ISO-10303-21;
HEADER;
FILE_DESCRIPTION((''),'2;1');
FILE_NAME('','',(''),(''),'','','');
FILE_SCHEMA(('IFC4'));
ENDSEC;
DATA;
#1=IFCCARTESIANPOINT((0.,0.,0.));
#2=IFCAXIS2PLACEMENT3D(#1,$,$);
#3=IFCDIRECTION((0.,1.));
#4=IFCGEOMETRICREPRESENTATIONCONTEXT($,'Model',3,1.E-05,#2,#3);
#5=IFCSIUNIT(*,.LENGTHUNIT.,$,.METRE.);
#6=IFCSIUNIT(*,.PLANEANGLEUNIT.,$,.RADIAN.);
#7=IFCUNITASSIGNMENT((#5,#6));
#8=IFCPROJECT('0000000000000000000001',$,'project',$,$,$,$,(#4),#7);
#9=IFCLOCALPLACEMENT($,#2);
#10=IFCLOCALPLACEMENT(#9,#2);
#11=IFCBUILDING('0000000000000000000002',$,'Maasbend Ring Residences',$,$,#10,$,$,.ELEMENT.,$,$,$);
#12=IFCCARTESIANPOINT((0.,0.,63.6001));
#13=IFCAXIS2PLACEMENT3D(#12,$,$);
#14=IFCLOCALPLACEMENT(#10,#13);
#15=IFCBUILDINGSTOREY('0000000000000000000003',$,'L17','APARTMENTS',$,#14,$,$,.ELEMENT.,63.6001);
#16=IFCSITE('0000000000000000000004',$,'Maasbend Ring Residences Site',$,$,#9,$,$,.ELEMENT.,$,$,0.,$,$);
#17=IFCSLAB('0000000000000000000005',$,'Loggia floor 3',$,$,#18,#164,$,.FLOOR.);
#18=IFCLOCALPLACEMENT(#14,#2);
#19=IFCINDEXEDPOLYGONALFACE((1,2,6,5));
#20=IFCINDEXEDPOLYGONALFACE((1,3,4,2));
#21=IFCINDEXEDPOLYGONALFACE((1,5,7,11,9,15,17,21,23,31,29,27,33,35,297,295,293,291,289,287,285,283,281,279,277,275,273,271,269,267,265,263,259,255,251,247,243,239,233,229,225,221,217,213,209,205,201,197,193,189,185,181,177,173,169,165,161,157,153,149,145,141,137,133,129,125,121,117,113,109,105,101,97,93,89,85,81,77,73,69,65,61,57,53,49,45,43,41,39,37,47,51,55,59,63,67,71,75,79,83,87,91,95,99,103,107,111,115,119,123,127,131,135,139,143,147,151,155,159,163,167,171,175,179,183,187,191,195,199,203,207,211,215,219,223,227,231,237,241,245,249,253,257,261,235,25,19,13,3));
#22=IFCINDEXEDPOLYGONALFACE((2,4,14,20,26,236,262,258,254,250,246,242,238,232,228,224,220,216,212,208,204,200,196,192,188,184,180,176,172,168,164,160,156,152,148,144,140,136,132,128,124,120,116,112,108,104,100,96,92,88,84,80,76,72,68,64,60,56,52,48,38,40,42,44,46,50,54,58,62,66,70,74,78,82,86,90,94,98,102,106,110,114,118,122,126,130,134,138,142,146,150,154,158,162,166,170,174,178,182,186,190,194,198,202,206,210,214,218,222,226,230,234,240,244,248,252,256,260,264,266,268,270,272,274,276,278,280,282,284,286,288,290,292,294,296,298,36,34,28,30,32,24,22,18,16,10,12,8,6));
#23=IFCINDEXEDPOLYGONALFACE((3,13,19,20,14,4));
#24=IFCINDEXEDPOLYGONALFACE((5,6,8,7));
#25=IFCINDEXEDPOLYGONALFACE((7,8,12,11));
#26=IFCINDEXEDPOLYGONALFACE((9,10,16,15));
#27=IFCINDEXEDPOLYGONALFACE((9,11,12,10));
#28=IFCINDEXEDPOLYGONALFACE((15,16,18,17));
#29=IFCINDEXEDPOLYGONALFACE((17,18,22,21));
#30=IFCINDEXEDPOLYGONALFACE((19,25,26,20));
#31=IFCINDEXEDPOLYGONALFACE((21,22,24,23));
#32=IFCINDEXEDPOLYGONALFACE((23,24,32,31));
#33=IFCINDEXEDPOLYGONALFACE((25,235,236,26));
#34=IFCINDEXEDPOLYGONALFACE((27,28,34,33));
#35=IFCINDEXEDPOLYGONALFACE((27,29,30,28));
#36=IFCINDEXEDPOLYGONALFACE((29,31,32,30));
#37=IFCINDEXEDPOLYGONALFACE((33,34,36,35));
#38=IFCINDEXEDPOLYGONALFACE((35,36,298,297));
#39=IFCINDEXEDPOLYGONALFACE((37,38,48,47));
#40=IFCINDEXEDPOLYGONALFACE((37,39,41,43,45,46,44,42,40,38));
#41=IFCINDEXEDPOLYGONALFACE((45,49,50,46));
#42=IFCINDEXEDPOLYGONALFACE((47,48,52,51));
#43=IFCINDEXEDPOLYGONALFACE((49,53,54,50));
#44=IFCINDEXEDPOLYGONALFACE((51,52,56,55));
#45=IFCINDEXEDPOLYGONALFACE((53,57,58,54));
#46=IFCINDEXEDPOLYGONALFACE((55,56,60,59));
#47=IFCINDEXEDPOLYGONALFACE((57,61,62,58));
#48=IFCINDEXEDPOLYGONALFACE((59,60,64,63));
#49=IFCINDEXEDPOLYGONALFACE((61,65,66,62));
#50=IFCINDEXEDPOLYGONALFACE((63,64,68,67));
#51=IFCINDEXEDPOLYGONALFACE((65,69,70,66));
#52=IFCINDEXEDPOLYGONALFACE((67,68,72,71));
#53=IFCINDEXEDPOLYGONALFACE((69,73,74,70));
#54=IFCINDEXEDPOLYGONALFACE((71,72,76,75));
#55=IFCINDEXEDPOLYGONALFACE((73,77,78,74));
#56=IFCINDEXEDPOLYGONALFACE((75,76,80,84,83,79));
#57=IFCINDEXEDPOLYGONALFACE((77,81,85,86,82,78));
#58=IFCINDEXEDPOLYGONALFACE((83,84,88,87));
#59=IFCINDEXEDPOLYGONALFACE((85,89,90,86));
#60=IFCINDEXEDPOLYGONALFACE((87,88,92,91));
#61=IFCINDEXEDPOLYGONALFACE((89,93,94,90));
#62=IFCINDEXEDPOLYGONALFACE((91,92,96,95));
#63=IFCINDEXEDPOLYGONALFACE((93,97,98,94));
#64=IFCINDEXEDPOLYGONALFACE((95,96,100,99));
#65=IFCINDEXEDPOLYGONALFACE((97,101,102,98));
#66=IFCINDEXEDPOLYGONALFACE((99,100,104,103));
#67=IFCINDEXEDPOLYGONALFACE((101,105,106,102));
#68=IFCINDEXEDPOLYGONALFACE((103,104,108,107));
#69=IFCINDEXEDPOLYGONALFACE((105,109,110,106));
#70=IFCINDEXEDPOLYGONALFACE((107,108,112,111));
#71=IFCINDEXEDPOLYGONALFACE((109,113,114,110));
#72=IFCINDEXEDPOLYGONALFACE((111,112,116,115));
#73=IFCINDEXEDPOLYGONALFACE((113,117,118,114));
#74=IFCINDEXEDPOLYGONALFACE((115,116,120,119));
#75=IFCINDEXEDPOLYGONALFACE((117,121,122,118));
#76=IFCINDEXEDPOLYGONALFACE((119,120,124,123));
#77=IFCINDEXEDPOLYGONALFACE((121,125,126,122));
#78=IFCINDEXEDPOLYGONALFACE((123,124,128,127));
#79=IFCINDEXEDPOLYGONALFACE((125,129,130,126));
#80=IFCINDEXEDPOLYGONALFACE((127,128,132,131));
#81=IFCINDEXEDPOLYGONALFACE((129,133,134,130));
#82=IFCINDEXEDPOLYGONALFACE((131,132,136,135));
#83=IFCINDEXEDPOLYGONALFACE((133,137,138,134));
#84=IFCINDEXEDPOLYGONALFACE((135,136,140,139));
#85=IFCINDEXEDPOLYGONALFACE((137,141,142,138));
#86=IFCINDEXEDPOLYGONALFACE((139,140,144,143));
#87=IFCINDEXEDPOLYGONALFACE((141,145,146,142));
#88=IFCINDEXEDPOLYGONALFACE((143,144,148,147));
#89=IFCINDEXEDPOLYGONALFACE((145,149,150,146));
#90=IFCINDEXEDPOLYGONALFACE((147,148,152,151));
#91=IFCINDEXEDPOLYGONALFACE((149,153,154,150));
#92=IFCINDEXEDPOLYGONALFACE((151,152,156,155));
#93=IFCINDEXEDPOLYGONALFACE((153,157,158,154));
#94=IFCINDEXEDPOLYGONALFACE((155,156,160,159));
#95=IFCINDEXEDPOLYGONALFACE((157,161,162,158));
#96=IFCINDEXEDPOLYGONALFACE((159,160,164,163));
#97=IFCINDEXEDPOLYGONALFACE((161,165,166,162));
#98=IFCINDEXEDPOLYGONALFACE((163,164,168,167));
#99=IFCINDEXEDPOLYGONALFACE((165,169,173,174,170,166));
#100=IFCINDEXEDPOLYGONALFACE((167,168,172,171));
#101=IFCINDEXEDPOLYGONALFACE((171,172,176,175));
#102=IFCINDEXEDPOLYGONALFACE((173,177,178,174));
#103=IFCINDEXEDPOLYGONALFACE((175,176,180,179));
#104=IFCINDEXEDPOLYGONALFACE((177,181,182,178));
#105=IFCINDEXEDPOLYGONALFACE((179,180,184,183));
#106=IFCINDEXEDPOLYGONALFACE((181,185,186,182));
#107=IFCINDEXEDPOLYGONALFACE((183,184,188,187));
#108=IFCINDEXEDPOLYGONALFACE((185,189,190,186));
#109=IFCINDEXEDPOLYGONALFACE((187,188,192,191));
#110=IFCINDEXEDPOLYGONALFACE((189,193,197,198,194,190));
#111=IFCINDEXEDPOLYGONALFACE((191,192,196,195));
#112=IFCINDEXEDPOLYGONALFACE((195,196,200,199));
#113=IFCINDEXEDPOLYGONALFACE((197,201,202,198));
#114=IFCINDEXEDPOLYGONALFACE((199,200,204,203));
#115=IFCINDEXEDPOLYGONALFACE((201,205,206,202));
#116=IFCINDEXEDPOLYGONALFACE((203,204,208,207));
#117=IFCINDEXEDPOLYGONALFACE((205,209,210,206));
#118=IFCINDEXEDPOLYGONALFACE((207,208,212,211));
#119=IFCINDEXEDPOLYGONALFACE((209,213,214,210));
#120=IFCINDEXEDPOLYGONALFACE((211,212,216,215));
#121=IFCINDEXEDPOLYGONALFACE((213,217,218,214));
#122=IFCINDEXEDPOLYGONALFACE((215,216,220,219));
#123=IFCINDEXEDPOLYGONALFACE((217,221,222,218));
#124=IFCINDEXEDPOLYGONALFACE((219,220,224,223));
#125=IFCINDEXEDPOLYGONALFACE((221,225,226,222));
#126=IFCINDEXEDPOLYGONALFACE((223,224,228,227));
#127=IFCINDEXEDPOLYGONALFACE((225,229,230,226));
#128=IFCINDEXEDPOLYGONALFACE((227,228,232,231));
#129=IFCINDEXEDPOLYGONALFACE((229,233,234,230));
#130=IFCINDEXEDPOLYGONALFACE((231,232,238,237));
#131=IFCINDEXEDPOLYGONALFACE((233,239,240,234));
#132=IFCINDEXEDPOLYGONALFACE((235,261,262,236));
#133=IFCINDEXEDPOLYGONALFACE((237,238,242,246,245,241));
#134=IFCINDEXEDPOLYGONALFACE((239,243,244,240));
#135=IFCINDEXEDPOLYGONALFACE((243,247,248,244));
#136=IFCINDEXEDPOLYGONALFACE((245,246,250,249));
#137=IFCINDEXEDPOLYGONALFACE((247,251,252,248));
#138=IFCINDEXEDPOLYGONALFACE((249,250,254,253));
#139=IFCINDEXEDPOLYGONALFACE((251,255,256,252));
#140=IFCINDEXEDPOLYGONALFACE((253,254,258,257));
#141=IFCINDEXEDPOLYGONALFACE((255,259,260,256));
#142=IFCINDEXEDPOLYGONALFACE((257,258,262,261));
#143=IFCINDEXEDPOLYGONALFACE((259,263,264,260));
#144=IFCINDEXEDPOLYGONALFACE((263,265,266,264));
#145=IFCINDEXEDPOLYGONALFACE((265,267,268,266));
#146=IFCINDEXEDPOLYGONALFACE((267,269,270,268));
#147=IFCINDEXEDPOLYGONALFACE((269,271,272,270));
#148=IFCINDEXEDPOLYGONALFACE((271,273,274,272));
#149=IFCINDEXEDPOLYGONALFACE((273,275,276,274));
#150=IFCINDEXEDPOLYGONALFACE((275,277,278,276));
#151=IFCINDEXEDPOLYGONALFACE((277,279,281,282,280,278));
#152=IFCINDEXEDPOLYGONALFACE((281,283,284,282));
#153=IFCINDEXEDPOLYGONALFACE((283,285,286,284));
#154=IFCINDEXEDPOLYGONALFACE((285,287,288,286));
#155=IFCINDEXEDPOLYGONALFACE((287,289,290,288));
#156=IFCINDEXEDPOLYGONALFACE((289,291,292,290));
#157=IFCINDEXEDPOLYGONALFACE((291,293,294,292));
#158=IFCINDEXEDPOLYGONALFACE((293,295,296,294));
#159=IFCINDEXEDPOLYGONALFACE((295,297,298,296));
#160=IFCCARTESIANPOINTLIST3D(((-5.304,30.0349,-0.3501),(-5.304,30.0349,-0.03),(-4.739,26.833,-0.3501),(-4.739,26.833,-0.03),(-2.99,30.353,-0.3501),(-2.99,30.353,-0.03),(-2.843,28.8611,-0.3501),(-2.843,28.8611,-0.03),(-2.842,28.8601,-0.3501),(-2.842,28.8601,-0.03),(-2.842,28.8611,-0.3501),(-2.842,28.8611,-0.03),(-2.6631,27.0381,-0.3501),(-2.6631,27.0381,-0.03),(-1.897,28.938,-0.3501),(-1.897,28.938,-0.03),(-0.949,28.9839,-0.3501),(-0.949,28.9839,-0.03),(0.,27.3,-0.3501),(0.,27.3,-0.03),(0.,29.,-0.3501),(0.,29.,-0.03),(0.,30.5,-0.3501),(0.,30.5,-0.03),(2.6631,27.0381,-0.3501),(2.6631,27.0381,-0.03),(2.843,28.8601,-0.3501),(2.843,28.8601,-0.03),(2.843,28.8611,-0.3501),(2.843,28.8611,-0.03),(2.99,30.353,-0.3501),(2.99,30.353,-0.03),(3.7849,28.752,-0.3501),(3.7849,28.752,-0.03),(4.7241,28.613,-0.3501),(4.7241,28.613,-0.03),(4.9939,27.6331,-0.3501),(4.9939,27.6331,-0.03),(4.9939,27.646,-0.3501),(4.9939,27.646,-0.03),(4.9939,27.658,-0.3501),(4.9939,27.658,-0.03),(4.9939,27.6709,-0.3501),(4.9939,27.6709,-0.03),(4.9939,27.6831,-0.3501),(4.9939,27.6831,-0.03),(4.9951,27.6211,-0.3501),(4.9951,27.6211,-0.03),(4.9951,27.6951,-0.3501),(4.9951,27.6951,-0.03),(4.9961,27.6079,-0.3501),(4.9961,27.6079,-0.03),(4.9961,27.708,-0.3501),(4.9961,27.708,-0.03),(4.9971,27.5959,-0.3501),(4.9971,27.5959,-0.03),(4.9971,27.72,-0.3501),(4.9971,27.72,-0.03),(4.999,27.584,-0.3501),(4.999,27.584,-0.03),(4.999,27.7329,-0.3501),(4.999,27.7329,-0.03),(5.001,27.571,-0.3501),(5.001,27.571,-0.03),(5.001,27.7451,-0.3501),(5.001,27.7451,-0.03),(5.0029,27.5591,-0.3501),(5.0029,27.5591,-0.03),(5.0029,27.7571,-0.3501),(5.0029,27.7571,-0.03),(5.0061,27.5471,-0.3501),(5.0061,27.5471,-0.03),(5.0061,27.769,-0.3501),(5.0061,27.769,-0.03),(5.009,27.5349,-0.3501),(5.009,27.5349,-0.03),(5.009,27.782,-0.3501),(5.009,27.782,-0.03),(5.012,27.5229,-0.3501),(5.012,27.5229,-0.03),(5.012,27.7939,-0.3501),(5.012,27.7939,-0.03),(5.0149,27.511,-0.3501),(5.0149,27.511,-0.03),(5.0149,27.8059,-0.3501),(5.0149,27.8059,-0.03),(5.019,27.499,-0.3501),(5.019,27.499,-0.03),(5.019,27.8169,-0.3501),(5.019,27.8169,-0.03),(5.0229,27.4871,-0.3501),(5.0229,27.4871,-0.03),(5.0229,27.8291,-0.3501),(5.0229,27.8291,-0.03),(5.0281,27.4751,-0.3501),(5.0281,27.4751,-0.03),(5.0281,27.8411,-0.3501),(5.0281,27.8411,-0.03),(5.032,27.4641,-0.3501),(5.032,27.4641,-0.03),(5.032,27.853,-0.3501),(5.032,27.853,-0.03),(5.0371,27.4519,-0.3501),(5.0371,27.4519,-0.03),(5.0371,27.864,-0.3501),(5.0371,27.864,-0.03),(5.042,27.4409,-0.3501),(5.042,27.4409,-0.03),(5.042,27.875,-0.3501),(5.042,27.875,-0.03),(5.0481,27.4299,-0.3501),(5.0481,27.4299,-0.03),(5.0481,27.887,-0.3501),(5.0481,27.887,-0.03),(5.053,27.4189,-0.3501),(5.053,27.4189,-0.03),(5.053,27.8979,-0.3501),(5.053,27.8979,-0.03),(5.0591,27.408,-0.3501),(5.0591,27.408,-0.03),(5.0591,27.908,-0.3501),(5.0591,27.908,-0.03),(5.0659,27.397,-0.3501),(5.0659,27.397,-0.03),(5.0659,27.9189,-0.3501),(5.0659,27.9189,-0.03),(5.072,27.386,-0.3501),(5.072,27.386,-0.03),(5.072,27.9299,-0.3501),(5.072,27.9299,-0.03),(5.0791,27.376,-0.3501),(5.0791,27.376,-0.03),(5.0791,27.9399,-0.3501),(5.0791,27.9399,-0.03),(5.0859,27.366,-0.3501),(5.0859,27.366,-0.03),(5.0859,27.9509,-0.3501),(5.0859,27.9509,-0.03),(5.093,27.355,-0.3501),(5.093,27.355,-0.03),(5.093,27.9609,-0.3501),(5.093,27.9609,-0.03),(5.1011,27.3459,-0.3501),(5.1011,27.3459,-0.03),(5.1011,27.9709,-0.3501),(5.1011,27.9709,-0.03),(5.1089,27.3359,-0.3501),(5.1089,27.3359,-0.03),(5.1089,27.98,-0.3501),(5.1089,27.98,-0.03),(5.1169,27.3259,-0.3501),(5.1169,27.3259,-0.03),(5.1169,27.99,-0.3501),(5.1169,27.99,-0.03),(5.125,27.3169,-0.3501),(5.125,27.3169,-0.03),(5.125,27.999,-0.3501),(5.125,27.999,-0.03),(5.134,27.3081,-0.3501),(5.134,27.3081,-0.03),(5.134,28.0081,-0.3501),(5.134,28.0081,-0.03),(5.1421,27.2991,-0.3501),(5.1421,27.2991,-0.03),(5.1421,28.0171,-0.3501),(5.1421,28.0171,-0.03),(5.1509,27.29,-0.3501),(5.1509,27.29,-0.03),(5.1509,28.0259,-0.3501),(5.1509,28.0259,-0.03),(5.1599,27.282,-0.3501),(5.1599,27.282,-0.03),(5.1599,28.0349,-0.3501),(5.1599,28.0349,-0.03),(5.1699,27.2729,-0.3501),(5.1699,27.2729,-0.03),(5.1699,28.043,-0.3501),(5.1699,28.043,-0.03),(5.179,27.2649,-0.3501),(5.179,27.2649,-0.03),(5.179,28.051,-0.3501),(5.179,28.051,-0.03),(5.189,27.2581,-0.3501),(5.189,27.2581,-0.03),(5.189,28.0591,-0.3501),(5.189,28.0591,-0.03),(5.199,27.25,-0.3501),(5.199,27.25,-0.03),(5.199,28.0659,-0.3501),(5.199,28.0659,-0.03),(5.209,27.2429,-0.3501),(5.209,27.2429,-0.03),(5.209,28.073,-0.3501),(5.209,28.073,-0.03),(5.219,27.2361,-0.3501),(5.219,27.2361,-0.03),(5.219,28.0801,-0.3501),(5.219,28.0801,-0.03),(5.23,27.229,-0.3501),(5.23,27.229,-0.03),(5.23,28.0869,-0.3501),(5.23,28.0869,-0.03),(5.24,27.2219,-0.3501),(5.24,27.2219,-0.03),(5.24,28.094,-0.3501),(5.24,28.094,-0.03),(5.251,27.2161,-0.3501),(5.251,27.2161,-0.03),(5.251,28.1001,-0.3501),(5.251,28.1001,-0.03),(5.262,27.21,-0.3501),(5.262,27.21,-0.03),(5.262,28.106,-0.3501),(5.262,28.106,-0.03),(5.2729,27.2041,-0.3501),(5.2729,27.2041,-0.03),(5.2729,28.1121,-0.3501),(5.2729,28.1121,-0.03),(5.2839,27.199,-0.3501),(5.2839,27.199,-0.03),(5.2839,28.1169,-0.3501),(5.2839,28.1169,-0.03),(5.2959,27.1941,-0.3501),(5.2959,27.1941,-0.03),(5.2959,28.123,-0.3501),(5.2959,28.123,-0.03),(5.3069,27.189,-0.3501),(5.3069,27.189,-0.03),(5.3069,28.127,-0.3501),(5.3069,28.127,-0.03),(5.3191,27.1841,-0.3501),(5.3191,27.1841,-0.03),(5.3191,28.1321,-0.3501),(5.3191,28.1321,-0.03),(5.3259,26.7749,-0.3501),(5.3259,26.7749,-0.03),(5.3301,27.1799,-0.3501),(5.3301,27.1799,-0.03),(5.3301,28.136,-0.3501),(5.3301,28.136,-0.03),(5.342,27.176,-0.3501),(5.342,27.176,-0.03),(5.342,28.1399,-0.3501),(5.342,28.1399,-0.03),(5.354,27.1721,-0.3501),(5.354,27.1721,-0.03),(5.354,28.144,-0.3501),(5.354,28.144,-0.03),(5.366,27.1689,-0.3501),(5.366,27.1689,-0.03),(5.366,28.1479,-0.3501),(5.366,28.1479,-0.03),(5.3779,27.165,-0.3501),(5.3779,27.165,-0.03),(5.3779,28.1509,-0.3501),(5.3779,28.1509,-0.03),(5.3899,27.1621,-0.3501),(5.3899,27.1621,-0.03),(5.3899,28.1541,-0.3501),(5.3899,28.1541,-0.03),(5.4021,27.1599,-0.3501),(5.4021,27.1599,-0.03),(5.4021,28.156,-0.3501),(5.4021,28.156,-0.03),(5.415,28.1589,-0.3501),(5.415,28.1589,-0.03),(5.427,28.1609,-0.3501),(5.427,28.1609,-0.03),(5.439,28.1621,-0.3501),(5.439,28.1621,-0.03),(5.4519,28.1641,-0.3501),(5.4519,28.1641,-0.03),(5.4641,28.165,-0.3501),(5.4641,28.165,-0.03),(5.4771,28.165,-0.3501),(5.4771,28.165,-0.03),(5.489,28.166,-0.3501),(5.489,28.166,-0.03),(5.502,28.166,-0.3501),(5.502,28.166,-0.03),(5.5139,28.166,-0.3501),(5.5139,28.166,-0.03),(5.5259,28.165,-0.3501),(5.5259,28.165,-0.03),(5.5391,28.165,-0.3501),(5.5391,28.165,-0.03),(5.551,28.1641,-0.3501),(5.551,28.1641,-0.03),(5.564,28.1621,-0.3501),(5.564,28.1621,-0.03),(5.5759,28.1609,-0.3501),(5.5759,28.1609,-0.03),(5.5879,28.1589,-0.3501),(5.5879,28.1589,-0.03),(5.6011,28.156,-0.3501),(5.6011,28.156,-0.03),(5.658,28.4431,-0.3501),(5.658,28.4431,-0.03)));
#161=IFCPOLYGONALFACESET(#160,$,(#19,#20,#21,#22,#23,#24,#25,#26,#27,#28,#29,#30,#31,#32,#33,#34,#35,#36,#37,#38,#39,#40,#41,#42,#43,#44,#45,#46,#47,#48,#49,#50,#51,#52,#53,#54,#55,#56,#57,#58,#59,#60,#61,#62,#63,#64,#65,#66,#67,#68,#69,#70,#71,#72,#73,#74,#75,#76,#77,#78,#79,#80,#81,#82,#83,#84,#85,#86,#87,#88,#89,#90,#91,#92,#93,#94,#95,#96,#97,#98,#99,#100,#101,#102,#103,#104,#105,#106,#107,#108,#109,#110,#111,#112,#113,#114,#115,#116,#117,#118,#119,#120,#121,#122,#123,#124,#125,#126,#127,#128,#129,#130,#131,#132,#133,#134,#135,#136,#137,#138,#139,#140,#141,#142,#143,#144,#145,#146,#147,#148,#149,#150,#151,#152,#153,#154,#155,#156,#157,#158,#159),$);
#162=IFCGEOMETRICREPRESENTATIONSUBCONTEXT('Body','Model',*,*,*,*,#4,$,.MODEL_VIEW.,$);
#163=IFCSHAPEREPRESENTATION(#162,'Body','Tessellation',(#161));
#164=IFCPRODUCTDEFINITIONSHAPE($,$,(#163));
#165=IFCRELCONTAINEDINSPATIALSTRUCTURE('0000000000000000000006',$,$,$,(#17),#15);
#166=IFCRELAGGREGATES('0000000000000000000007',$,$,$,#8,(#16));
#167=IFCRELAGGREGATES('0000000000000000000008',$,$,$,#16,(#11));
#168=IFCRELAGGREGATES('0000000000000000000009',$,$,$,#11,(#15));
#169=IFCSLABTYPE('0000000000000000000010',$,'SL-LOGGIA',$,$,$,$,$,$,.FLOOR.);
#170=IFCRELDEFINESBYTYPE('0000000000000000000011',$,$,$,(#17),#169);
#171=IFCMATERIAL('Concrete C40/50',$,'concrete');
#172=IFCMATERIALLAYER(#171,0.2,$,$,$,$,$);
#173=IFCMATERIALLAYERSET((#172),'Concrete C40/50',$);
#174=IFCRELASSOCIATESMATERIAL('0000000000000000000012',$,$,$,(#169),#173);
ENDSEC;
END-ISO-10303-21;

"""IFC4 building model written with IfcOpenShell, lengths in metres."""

from ifc_helpers import new_model, si_unit, direction, frame, origin, place, context, subcontext, project, spatial, polyline, outline, extrude, material, layer, layer_set, type_object, element, save


model = new_model("IFC4")

# Units and contexts
model_context = context("Model", 3, precision=1e-05, world=origin(), true_north=direction((0.0, 1.0)))
body_context = subcontext(model_context, "Body", "Model", "MODEL_VIEW")
ifc_project = project(units=[si_unit("LENGTHUNIT", "METRE"), si_unit("PLANEANGLEUNIT", "RADIAN")], contexts=[model_context])

# Site, building, storey
site_placement = place(None, origin())
site = spatial("IfcSite", under=ifc_project, at=site_placement, Name="Maasbend Ring Residences Site", CompositionType="ELEMENT", RefElevation=0.0)
building_placement = place(site_placement, origin())
building = spatial("IfcBuilding", under=site, at=building_placement, Name="Maasbend Ring Residences", CompositionType="ELEMENT")
storey_placement = place(building_placement, frame((0.0, 0.0, 63.6001)))
storey = spatial("IfcBuildingStorey", under=building, at=storey_placement, Name="L17", Description="APARTMENTS", CompositionType="ELEMENT", Elevation=63.6001)

# Slab
ifc_material_1 = material(Name="Concrete C40/50", Category="concrete")
ifc_layer_1 = layer(ifc_material_1, 0.2)
ifc_layer_set_1 = layer_set([ifc_layer_1], Name="Concrete C40/50")
slab_type_1 = type_object("IfcSlabType", Name="SL-LOGGIA", PredefinedType="FLOOR", material=ifc_layer_set_1)
slab_1_placement = place(storey_placement, frame((0.0, 0.0, -0.3501)))
element("IfcSlab", 1, at=slab_1_placement, inside=storey, type_object=slab_type_1, Name="Loggia floor 3", PredefinedType="FLOOR", context=body_context, shape_type="SweptSolid", body=[
    extrude(outline(polyline([(-2.843, 28.8611), (-2.843, 28.8611), (-2.843, 28.8611), (-2.843, 28.8611), (-2.842, 28.8611), (-2.842, 28.8611), (-2.842, 28.8611), (-2.842, 28.8611), (-2.842, 28.8611), (-2.842, 28.8601), (-2.842, 28.8601), (-2.842, 28.8601), (-2.842, 28.8601), (-2.842, 28.8601), (-2.842, 28.8601), (-2.842, 28.8601), (-2.842, 28.8601), (-1.897, 28.938), (-1.897, 28.938), (-0.949, 28.9839), (-0.949, 28.9839), (0.0, 29.0), (0.0, 29.0), (0.0, 29.0), (0.0, 29.0), (0.0, 29.0), (0.0, 29.0), (0.0, 29.0), (0.0, 29.0), (0.0, 29.0), (0.0, 29.0), (0.0, 29.0), (0.0, 29.0), (0.0, 29.0), (0.0, 29.0), (0.0, 29.0), (0.0, 29.0), (0.0, 29.0), (0.0, 30.5), (0.0, 30.5), (0.0, 30.5), (2.99, 30.353), (2.99, 30.353), (2.99, 30.353), (2.843, 28.8611), (2.843, 28.8611), (2.843, 28.8611), (2.843, 28.8611), (2.843, 28.8611), (2.843, 28.8611), (2.843, 28.8611), (2.843, 28.8611), (2.843, 28.8601), (2.843, 28.8601), (2.843, 28.8601), (2.843, 28.8601), (2.843, 28.8601), (2.843, 28.8601), (2.843, 28.8601), (2.843, 28.8601), (2.843, 28.8601), (3.7849, 28.752), (3.7849, 28.752), (4.7241, 28.613), (4.7241, 28.613), (5.658, 28.4431), (5.658, 28.4431), (5.658, 28.4431), (5.6011, 28.156), (5.6011, 28.156), (5.5879, 28.1589), (5.5759, 28.1609), (5.564, 28.1621), (5.551, 28.1641), (5.5391, 28.165), (5.5259, 28.165), (5.5139, 28.166), (5.502, 28.166), (5.489, 28.166), (5.4771, 28.165), (5.4641, 28.165), (5.4519, 28.1641), (5.439, 28.1621), (5.427, 28.1609), (5.415, 28.1589), (5.4021, 28.156), (5.3899, 28.1541), (5.3779, 28.1509), (5.366, 28.1479), (5.354, 28.144), (5.342, 28.1399), (5.3301, 28.136), (5.3191, 28.1321), (5.3069, 28.127), (5.2959, 28.123), (5.2839, 28.1169), (5.2729, 28.1121), (5.262, 28.106), (5.251, 28.1001), (5.24, 28.094), (5.23, 28.0869), (5.219, 28.0801), (5.209, 28.073), (5.199, 28.0659), (5.189, 28.0591), (5.179, 28.051), (5.1699, 28.043), (5.1599, 28.0349), (5.1509, 28.0259), (5.1421, 28.0171), (5.134, 28.0081), (5.125, 27.999), (5.1169, 27.99), (5.1089, 27.98), (5.1011, 27.9709), (5.093, 27.9609), (5.0859, 27.9509), (5.0791, 27.9399), (5.072, 27.9299), (5.0659, 27.9189), (5.0591, 27.908), (5.053, 27.8979), (5.0481, 27.887), (5.042, 27.875), (5.0371, 27.864), (5.032, 27.853), (5.0281, 27.8411), (5.0229, 27.8291), (5.019, 27.8169), (5.0149, 27.8059), (5.012, 27.7939), (5.009, 27.782), (5.0061, 27.769), (5.0029, 27.7571), (5.001, 27.7451), (4.999, 27.7329), (4.9971, 27.72), (4.9961, 27.708), (4.9951, 27.6951), (4.9939, 27.6831), (4.9939, 27.6709), (4.9939, 27.658), (4.9939, 27.646), (4.9939, 27.6331), (4.9951, 27.6211), (4.9961, 27.6079), (4.9971, 27.5959), (4.999, 27.584), (5.001, 27.571), (5.0029, 27.5591), (5.0061, 27.5471), (5.009, 27.5349), (5.012, 27.5229), (5.0149, 27.511), (5.019, 27.499), (5.0229, 27.4871), (5.0281, 27.4751), (5.032, 27.4641), (5.0371, 27.4519), (5.042, 27.4409), (5.0481, 27.4299), (5.053, 27.4189), (5.0591, 27.408), (5.0659, 27.397), (5.072, 27.386), (5.0791, 27.376), (5.0859, 27.366), (5.093, 27.355), (5.1011, 27.3459), (5.1089, 27.3359), (5.1169, 27.3259), (5.125, 27.3169), (5.134, 27.3081), (5.1421, 27.2991), (5.1509, 27.29), (5.1599, 27.282), (5.1699, 27.2729), (5.179, 27.2649), (5.189, 27.2581), (5.199, 27.25), (5.209, 27.2429), (5.219, 27.2361), (5.23, 27.229), (5.24, 27.2219), (5.251, 27.2161), (5.262, 27.21), (5.2729, 27.2041), (5.2839, 27.199), (5.2959, 27.1941), (5.3069, 27.189), (5.3191, 27.1841), (5.3301, 27.1799), (5.342, 27.176), (5.354, 27.1721), (5.366, 27.1689), (5.3779, 27.165), (5.3899, 27.1621), (5.4021, 27.1599), (5.4021, 27.1599), (5.3259, 26.7749), (5.3259, 26.7749), (5.3259, 26.7749), (2.6631, 27.0381), (0.0, 27.3), (0.0, 27.3), (0.0, 27.3), (-2.6631, 27.0381), (-4.739, 26.833), (-4.739, 26.833), (-4.739, 26.833), (-5.304, 30.0349), (-5.304, 30.0349), (-5.304, 30.0349), (-2.99, 30.353), (-2.99, 30.353), (-2.99, 30.353), (-2.843, 28.8611)])), origin(), (0.0, 0.0, 1.0), 0.3201),
])

save(model, "model.ifc")
